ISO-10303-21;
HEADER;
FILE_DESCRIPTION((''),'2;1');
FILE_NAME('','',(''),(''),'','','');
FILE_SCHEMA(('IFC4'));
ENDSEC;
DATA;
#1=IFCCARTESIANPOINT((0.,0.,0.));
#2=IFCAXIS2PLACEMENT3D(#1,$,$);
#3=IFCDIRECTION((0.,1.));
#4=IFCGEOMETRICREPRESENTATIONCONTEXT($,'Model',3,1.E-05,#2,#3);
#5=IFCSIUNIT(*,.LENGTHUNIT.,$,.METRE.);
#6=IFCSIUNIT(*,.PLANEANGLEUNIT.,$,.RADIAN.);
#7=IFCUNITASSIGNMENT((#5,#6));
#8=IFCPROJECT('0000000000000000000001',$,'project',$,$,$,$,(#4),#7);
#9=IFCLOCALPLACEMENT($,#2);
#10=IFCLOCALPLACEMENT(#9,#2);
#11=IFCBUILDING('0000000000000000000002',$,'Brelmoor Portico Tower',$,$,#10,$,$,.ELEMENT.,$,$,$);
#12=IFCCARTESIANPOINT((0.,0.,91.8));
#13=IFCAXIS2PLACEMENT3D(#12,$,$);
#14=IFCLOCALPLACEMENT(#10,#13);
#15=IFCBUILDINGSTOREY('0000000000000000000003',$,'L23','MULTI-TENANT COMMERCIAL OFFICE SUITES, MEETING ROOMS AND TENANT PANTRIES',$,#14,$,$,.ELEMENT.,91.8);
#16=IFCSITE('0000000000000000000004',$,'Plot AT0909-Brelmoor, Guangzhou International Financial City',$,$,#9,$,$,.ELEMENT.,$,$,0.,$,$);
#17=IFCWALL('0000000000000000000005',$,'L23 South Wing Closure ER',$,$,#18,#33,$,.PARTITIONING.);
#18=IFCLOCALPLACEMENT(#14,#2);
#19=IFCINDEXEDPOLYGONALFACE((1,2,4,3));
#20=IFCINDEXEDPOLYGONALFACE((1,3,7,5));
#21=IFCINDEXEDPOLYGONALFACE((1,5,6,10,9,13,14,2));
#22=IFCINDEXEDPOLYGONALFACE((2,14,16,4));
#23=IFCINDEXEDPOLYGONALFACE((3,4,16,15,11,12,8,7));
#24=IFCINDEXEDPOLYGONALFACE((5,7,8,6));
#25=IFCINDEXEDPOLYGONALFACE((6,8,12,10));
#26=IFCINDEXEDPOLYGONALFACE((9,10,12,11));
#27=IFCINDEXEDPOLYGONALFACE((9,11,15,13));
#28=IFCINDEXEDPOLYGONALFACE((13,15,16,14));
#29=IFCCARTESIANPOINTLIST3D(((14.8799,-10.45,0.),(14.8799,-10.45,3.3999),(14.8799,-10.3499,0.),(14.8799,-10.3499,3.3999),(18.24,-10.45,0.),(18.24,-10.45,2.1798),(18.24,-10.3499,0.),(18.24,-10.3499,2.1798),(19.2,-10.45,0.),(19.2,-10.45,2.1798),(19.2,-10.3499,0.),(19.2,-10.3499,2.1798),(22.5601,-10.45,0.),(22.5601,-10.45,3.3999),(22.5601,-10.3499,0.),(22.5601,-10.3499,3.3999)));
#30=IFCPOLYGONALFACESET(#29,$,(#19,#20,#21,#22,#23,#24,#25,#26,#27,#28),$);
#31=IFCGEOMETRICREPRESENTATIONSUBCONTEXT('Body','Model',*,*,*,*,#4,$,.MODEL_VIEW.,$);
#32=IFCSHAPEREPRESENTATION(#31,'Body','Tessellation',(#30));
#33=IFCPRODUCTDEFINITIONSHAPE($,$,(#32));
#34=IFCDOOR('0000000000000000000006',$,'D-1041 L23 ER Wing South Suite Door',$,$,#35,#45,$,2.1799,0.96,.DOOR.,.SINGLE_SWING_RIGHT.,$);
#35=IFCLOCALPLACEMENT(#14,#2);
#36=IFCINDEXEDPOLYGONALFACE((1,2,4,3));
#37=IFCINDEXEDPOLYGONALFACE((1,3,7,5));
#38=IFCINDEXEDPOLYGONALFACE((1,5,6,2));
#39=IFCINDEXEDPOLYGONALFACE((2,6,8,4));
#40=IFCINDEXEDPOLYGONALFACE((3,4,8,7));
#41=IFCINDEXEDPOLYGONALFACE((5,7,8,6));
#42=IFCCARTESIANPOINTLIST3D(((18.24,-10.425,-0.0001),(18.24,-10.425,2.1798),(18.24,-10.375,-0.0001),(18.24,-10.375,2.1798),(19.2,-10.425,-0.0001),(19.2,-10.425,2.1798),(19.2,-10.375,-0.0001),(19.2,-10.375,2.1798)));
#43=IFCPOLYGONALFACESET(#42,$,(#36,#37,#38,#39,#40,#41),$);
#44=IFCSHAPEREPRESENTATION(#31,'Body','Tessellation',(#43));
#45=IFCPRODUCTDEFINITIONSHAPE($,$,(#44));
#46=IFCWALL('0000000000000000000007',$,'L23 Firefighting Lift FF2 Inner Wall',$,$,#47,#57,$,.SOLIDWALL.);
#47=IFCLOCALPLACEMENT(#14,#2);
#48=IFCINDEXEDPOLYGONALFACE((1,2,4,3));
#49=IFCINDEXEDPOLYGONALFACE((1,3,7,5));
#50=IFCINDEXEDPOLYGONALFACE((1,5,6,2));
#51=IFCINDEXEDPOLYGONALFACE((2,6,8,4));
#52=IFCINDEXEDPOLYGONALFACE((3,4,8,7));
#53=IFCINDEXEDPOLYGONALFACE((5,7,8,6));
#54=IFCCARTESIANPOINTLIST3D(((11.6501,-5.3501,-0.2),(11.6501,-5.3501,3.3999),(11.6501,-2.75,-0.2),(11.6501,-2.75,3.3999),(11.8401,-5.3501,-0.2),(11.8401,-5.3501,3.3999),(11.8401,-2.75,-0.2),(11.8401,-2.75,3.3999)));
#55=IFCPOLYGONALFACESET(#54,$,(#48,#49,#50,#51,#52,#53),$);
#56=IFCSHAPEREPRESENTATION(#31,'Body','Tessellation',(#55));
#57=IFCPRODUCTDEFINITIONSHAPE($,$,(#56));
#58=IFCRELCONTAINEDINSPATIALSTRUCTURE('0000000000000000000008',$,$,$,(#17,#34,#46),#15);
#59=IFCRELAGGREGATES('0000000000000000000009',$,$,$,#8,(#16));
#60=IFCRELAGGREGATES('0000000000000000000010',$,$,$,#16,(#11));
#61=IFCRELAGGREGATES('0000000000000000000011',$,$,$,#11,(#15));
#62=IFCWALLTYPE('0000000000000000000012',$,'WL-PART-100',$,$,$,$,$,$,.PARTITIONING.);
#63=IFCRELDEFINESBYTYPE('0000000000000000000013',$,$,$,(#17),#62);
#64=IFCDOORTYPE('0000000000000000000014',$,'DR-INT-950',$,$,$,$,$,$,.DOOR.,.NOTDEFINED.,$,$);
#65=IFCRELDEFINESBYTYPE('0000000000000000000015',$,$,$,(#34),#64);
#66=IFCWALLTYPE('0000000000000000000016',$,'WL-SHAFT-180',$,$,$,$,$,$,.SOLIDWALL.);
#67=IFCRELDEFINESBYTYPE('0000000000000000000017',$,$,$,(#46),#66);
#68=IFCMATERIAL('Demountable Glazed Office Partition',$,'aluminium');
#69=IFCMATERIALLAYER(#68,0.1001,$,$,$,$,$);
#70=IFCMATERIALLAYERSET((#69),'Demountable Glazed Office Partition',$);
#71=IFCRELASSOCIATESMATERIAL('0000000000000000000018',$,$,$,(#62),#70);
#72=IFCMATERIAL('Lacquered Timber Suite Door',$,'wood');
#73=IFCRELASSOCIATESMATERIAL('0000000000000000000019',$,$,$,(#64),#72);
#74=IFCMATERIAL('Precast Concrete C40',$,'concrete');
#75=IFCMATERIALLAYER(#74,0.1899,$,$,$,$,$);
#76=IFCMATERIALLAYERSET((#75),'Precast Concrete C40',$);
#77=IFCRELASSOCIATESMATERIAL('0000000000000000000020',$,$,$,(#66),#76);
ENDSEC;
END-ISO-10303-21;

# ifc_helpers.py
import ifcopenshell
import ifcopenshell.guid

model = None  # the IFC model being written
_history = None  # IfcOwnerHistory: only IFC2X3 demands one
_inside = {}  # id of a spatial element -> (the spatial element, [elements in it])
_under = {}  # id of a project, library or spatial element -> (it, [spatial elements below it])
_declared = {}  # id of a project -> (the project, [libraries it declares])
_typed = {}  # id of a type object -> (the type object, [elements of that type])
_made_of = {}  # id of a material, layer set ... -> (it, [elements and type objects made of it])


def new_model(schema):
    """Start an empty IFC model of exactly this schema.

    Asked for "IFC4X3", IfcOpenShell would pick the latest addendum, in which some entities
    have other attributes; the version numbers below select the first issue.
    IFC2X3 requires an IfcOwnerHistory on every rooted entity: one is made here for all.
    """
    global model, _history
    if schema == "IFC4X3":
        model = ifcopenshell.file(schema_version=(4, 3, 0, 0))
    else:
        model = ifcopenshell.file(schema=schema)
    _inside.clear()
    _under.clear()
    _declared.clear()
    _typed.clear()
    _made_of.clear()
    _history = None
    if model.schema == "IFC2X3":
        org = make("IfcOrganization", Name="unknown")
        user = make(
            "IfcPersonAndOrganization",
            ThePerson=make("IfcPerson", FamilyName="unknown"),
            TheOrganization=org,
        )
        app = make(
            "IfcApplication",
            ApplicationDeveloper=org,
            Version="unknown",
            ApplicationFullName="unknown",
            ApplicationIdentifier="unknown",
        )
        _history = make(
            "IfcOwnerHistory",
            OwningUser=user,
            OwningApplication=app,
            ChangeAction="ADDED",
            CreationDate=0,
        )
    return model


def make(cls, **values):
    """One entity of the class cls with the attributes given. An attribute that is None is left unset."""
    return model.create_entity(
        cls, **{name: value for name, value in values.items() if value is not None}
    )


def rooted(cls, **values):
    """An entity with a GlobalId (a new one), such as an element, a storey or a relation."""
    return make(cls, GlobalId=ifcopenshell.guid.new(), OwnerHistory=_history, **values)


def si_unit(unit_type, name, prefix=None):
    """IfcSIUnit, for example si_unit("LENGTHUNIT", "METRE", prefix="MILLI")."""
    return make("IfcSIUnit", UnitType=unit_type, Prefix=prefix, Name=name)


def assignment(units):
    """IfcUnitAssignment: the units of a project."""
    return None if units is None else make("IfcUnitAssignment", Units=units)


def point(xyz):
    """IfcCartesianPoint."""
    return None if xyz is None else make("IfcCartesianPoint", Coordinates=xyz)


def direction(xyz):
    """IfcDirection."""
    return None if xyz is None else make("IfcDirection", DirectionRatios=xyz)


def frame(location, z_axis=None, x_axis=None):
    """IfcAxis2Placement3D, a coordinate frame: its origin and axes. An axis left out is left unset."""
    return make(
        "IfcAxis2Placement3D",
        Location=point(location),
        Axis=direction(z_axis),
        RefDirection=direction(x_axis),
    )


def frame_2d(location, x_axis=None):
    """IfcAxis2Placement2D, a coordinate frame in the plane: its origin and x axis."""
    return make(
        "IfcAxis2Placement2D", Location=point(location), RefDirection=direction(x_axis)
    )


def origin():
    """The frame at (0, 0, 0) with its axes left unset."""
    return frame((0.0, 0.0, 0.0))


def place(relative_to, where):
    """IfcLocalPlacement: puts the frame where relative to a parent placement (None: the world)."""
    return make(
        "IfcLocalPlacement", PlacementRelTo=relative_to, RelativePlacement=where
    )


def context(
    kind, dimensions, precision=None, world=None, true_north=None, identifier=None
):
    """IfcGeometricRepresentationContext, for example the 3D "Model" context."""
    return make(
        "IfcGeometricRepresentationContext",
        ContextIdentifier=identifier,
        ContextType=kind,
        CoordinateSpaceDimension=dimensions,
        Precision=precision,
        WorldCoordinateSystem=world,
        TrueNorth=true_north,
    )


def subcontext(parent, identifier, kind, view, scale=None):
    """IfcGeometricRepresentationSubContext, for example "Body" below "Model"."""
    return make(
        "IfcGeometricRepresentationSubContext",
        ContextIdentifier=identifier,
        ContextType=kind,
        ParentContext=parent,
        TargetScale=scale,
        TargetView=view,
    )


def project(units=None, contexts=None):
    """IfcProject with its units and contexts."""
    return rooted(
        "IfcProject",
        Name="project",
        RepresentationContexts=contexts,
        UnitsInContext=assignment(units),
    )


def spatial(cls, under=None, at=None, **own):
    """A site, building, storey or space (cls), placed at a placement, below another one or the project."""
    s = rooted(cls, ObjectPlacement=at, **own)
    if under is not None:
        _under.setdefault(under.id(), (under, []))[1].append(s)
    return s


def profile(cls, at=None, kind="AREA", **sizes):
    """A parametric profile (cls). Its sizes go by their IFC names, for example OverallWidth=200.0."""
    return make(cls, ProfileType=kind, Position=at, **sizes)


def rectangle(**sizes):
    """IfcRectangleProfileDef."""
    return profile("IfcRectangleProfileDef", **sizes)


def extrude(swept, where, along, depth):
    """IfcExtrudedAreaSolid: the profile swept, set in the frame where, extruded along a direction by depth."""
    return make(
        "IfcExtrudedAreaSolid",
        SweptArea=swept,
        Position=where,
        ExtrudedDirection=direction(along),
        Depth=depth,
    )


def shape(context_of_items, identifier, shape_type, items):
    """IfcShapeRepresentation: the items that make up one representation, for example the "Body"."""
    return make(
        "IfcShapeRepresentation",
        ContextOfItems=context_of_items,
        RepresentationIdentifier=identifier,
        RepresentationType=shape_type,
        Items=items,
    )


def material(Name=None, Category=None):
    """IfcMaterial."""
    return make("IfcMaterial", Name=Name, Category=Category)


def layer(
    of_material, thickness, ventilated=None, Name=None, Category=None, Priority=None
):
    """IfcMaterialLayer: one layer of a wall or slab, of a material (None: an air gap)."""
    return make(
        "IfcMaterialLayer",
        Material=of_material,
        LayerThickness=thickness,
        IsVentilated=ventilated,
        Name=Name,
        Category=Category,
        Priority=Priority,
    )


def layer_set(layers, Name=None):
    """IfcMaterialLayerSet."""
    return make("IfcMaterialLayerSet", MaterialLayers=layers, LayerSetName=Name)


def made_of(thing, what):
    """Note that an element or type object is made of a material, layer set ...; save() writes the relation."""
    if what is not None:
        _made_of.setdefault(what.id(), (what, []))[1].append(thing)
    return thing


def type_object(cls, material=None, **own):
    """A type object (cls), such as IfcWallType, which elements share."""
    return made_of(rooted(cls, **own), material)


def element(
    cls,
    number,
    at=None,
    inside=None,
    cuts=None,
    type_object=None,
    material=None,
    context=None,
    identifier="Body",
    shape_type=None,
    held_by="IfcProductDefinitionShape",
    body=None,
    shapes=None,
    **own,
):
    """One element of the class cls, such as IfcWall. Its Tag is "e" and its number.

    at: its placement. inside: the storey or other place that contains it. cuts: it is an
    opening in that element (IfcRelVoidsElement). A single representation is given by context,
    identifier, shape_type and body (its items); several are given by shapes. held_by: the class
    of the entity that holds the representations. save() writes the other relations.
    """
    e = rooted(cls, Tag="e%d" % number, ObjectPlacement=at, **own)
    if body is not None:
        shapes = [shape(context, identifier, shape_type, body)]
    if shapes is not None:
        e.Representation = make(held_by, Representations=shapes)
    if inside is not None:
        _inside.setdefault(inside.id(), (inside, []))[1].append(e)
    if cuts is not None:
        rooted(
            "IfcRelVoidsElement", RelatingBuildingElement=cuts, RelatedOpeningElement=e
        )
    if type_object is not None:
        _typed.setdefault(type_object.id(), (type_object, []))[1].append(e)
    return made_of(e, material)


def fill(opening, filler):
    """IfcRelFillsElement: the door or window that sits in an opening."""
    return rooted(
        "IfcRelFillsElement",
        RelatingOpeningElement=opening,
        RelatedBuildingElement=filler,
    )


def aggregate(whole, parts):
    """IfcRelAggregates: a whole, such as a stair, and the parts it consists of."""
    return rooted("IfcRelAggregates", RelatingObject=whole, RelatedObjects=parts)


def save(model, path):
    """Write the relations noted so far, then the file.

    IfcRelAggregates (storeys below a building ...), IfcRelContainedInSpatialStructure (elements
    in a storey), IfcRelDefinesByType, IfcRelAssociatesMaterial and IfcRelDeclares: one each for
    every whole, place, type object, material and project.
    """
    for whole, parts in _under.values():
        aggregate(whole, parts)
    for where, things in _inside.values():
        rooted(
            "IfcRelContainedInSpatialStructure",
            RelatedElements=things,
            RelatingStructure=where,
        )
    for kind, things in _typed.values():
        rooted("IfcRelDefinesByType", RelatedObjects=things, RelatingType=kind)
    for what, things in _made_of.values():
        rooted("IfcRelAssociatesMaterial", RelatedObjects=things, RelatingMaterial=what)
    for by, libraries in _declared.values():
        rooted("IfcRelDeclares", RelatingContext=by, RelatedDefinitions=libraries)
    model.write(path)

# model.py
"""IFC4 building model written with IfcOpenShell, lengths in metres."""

from ifc_helpers import new_model, si_unit, direction, frame, frame_2d, origin, place, context, subcontext, project, spatial, rectangle, extrude, material, layer, layer_set, type_object, element, fill, save


model = new_model("IFC4")

# Units and contexts
model_context = context("Model", 3, precision=1e-05, world=origin(), true_north=direction((0.0, 1.0)))
body_context = subcontext(model_context, "Body", "Model", "MODEL_VIEW")
ifc_project = project(units=[si_unit("LENGTHUNIT", "METRE"), si_unit("PLANEANGLEUNIT", "RADIAN")], contexts=[model_context])

# Site, building, storey
site_placement = place(None, origin())
site = spatial("IfcSite", under=ifc_project, at=site_placement, Name="Plot AT0909-Brelmoor, Guangzhou International Financial City", CompositionType="ELEMENT", RefElevation=0.0)
building_placement = place(site_placement, origin())
building = spatial("IfcBuilding", under=site, at=building_placement, Name="Brelmoor Portico Tower", CompositionType="ELEMENT")
storey_placement = place(building_placement, frame((0.0, 0.0, 91.8)))
storey = spatial("IfcBuildingStorey", under=building, at=storey_placement, Name="L23", Description="MULTI-TENANT COMMERCIAL OFFICE SUITES, MEETING ROOMS AND TENANT PANTRIES", CompositionType="ELEMENT", Elevation=91.8)

# Wall, opening, door
ifc_material_1 = material(Name="Demountable Glazed Office Partition", Category="aluminium")
ifc_layer_1 = layer(ifc_material_1, 0.1001)
ifc_layer_set_1 = layer_set([ifc_layer_1], Name="Demountable Glazed Office Partition")
wall_type_1 = type_object("IfcWallType", Name="WL-PART-100", PredefinedType="PARTITIONING", material=ifc_layer_set_1)
wall_1_placement = place(storey_placement, frame((14.8799, -10.3999, 0.0), z_axis=(0.0, 0.0, 1.0), x_axis=(1.0, 0.0, 0.0)))
wall_1 = element("IfcWall", 1, at=wall_1_placement, inside=storey, type_object=wall_type_1, Name="L23 South Wing Closure ER", PredefinedType="PARTITIONING", context=body_context, shape_type="SweptSolid", body=[
    extrude(rectangle(XDim=7.6802, YDim=0.1001, at=frame_2d((3.8401, 0.0))), origin(), (0.0, 0.0, 1.0), 3.3999),
])
opening_placement = place(wall_1_placement, frame((3.3601, 0.0, 0.0)))
opening = element("IfcOpeningElement", 2, at=opening_placement, cuts=wall_1, PredefinedType="OPENING", context=body_context, shape_type="SweptSolid", body=[
    extrude(rectangle(XDim=0.96, YDim=2.1799, at=frame_2d((0.48, 1.0898))), frame((0.0, 0.0601, 0.0), z_axis=(0.0, -1.0, 0.0), x_axis=(1.0, 0.0, 0.0)), (0.0, 0.0, 1.0), 0.1201),
])
ifc_material_2 = material(Name="Lacquered Timber Suite Door", Category="wood")
door_type = type_object("IfcDoorType", Name="DR-INT-950", OperationType="NOTDEFINED", PredefinedType="DOOR", material=ifc_material_2)
door_placement = place(opening_placement, origin())
door = element("IfcDoor", 3, at=door_placement, inside=storey, type_object=door_type, Name="D-1041 L23 ER Wing South Suite Door", OperationType="SINGLE_SWING_RIGHT", OverallHeight=2.1799, OverallWidth=0.96, PredefinedType="DOOR", context=body_context, shape_type="SweptSolid", body=[
    extrude(rectangle(XDim=0.96, YDim=2.1799, at=frame_2d((0.48, 1.0898))), frame((0.0, 0.0249, 0.0), z_axis=(0.0, -1.0, 0.0), x_axis=(1.0, 0.0, 0.0)), (0.0, 0.0, 1.0), 0.05),
])
fill(opening, door)

# Wall
ifc_material_3 = material(Name="Precast Concrete C40", Category="concrete")
ifc_layer_2 = layer(ifc_material_3, 0.1899)
ifc_layer_set_2 = layer_set([ifc_layer_2], Name="Precast Concrete C40")
wall_type_2 = type_object("IfcWallType", Name="WL-SHAFT-180", PredefinedType="SOLIDWALL", material=ifc_layer_set_2)
wall_2_placement = place(storey_placement, frame((11.7451, -5.3501, -0.2), z_axis=(0.0, 0.0, 1.0), x_axis=(0.0, 1.0, 0.0)))
element("IfcWall", 4, at=wall_2_placement, inside=storey, type_object=wall_type_2, Name="L23 Firefighting Lift FF2 Inner Wall", PredefinedType="SOLIDWALL", context=body_context, shape_type="SweptSolid", body=[
    extrude(rectangle(XDim=2.6001, YDim=0.1899, at=frame_2d((1.3, 0.0))), origin(), (0.0, 0.0, 1.0), 3.5999),
])

save(model, "model.ifc")
